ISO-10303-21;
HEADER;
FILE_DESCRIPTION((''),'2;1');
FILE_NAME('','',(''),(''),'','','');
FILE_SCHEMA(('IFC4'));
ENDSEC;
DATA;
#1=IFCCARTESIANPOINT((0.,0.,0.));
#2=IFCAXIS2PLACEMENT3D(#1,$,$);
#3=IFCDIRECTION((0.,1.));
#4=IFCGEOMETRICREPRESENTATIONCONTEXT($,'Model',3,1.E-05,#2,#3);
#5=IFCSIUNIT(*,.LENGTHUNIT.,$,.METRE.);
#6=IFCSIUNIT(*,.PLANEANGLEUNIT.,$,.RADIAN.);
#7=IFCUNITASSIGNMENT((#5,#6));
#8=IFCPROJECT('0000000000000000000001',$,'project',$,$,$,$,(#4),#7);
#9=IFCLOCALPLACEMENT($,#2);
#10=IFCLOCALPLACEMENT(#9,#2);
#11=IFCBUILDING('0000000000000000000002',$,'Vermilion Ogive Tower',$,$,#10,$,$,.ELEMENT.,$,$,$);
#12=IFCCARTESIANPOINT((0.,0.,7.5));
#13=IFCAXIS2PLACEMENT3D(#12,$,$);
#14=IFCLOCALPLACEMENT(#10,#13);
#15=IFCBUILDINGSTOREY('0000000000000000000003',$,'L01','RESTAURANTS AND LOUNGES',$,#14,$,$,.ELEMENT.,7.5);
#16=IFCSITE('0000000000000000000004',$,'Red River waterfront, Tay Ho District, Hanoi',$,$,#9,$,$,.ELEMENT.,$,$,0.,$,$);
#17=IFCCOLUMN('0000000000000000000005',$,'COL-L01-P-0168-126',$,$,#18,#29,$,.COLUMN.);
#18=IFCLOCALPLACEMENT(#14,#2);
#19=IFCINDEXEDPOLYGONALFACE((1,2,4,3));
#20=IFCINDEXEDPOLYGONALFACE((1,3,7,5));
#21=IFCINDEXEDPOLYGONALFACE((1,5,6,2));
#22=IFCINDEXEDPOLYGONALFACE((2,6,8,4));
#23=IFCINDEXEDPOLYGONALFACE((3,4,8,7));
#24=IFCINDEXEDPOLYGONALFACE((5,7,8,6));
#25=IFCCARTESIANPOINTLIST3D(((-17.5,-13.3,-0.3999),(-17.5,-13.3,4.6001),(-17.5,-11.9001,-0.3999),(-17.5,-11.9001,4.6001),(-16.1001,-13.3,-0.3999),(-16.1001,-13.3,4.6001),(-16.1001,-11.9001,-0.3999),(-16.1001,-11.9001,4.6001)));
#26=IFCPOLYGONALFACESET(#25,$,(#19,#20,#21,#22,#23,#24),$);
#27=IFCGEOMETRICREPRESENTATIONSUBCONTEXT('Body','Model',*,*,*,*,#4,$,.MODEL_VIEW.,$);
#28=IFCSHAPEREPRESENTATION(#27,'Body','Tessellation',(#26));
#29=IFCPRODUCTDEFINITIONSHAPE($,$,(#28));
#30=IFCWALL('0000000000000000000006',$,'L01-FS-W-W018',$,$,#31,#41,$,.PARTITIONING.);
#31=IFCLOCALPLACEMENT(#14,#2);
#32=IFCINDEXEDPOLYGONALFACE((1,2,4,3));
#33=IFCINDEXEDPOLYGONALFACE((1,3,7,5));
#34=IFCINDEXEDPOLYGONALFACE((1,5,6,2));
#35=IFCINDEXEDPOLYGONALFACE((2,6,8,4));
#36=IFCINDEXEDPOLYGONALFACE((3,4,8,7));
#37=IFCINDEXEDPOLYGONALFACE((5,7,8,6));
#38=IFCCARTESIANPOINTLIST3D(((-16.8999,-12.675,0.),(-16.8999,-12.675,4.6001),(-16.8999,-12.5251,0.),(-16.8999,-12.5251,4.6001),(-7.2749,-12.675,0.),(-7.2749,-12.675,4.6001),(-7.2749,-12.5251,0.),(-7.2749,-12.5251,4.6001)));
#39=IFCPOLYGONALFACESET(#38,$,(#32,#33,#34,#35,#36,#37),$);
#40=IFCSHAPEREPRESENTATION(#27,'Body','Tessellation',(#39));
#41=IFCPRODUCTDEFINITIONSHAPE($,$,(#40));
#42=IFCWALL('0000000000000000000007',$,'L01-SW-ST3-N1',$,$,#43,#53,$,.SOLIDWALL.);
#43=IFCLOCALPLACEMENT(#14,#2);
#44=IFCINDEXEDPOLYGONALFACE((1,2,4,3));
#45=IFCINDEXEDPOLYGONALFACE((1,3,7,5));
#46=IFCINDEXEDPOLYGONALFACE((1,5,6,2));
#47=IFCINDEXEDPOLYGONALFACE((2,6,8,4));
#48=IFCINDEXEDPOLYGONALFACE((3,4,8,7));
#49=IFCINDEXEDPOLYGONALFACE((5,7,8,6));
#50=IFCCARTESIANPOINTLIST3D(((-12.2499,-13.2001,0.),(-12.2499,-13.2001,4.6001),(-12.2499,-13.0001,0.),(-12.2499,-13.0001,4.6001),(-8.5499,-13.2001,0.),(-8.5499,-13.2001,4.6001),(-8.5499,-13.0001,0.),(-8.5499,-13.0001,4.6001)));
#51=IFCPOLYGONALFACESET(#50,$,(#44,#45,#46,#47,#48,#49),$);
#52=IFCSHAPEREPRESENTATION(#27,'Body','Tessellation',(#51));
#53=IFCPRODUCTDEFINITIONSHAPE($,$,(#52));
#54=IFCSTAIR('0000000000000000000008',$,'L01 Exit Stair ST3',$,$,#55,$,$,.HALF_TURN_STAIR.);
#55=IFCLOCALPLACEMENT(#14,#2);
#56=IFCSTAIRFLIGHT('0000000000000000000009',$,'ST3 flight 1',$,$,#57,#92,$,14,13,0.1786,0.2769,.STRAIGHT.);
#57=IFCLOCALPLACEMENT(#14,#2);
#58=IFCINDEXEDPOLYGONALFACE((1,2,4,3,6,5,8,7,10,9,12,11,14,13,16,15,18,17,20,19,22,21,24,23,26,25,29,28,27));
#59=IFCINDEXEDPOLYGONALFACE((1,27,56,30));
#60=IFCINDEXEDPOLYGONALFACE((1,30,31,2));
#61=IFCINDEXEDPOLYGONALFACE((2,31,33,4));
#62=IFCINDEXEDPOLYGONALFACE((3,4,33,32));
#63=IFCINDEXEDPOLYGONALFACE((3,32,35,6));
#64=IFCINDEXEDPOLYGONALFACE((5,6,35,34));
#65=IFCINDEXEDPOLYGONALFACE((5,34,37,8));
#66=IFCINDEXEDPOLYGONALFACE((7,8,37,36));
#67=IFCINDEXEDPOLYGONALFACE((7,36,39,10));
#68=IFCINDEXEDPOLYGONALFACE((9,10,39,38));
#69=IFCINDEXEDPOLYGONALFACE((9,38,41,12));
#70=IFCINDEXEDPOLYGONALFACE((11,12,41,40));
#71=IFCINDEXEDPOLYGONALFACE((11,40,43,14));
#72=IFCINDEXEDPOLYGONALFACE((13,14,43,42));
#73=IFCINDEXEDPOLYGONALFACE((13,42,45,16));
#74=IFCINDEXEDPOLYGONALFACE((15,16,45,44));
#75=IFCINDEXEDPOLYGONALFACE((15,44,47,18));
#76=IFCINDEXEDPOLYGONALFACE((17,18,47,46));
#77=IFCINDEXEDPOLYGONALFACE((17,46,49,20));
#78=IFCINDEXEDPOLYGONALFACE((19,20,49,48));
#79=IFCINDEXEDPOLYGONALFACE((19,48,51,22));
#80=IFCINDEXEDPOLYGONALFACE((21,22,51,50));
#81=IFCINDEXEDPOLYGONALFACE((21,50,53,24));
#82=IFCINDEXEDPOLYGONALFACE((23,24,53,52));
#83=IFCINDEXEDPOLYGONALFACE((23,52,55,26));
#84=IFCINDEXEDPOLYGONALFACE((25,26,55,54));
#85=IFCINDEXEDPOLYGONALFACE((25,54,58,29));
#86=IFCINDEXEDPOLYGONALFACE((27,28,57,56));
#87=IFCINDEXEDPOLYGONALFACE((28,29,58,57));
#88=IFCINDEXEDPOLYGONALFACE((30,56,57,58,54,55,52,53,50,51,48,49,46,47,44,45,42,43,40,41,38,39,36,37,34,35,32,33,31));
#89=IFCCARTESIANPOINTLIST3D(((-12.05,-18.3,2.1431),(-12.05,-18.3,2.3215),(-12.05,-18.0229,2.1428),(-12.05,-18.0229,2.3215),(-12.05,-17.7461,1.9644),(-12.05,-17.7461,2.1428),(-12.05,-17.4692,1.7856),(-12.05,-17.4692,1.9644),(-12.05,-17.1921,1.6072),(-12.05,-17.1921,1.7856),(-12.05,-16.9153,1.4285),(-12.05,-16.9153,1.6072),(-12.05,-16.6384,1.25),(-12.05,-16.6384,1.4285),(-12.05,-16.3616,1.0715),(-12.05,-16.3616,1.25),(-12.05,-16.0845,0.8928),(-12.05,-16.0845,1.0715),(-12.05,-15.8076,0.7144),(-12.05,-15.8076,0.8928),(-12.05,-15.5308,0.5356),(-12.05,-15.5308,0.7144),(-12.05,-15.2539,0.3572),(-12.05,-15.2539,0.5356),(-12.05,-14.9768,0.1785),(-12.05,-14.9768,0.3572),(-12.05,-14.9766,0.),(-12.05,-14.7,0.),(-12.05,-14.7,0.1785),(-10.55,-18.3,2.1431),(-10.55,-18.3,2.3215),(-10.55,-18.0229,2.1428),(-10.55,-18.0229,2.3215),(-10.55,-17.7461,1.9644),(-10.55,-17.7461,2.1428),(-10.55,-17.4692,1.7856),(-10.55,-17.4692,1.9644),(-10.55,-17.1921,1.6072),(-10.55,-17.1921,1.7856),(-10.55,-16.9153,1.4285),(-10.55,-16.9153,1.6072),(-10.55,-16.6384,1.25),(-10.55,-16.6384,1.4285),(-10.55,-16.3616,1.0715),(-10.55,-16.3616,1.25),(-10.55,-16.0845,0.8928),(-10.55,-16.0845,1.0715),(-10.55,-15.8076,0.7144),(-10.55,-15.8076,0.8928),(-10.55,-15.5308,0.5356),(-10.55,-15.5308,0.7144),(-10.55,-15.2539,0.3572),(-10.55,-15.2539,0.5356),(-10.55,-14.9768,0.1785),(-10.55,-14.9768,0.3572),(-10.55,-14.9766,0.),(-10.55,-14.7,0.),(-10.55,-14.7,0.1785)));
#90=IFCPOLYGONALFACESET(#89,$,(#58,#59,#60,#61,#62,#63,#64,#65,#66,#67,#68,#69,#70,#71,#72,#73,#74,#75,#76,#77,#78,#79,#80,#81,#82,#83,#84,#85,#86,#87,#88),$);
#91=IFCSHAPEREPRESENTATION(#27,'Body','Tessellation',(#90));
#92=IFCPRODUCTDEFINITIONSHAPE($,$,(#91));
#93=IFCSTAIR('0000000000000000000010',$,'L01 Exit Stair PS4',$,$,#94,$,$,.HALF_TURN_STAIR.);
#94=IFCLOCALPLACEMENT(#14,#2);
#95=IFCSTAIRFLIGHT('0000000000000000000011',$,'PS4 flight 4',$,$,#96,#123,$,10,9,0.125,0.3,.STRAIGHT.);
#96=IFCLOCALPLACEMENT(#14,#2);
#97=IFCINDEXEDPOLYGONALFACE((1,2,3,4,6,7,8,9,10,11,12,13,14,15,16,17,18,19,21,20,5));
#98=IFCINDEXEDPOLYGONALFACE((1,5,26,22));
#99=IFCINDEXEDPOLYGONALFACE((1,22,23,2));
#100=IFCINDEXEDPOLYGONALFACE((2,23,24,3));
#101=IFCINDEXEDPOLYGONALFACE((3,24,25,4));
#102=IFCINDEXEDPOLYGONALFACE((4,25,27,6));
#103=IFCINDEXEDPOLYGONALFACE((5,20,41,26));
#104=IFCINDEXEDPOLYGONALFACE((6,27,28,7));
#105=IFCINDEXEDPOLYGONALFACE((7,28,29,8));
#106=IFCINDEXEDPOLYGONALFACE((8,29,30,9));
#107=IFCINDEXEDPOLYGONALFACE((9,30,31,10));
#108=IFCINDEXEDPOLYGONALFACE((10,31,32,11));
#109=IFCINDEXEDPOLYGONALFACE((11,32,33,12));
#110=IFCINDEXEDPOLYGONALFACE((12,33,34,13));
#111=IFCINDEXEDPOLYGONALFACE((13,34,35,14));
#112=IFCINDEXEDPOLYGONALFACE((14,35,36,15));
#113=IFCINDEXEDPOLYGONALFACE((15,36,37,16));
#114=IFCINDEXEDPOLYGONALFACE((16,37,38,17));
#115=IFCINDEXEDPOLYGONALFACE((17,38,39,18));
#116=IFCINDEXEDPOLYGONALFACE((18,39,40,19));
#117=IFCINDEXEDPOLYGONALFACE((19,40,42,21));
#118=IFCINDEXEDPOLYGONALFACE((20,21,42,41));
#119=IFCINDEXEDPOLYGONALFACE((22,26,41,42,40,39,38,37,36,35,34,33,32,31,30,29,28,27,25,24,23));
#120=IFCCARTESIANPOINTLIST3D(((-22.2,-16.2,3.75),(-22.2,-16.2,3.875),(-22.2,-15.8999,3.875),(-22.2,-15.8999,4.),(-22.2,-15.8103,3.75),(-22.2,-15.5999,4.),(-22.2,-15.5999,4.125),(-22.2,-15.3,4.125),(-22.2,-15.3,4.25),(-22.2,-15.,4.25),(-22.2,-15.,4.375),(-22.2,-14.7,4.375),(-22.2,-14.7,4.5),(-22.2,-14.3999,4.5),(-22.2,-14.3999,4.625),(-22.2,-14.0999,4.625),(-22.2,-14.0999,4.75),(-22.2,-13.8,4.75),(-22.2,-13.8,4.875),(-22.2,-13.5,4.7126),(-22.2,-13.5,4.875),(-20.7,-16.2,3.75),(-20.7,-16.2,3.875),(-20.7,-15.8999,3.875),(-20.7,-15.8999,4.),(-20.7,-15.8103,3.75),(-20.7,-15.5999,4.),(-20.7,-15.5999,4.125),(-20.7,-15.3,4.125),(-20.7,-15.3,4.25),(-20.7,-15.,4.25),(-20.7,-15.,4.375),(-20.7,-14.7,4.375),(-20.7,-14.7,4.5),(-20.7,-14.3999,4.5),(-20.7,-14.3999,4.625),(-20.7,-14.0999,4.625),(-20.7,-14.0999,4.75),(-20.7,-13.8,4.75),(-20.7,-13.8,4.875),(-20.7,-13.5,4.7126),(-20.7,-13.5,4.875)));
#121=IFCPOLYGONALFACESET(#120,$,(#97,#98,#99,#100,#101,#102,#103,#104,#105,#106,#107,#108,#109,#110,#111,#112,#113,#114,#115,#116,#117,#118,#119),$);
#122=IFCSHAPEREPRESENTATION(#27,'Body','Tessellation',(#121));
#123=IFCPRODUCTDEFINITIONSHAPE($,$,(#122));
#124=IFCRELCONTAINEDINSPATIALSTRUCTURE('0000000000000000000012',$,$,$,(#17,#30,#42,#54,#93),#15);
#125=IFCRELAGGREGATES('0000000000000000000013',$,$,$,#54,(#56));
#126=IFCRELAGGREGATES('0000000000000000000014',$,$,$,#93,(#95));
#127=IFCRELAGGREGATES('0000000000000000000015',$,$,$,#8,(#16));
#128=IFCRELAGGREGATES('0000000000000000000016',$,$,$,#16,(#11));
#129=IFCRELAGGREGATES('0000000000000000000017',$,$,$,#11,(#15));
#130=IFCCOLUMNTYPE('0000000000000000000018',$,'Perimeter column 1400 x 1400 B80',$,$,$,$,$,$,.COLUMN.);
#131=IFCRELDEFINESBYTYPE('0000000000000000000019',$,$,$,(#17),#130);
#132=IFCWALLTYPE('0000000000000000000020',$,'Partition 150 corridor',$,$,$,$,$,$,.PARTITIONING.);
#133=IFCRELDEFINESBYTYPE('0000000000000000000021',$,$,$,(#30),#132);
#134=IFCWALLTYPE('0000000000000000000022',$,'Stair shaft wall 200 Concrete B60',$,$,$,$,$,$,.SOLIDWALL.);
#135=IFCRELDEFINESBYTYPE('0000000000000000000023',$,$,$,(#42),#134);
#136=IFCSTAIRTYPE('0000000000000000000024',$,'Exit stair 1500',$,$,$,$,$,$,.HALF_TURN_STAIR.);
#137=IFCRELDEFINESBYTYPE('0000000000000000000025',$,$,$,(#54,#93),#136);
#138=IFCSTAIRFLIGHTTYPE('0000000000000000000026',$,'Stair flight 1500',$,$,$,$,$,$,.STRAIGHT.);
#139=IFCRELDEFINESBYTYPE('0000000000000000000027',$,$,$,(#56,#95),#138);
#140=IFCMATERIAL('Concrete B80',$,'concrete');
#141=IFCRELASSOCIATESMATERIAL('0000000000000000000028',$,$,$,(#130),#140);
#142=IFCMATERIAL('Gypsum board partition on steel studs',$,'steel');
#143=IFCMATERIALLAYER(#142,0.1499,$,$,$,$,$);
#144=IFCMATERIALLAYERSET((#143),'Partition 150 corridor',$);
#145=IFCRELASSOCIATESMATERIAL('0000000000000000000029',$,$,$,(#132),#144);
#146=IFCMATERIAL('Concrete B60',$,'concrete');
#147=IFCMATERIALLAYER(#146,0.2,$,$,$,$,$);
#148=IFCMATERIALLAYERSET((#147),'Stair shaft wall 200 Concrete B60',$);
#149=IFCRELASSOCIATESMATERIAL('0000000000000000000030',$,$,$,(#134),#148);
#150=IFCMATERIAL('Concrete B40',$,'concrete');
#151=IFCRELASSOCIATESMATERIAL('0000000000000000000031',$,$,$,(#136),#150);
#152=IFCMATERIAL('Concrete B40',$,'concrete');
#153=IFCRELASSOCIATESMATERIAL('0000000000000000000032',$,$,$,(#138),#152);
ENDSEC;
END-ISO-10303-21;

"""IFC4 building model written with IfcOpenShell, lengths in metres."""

from ifc_helpers import new_model, si_unit, direction, frame, frame_2d, origin, origin_2d, place, context, subcontext, project, spatial, polyline, rectangle, outline, extrude, material, layer, layer_set, material_profile, profile_set, type_object, element, aggregate, save


model = new_model("IFC4")

# Units and contexts
model_context = context("Model", 3, precision=1e-05, world=origin(), true_north=direction((0.0, 1.0)))
body_context = subcontext(model_context, "Body", "Model", "MODEL_VIEW")
ifc_project = project(units=[si_unit("LENGTHUNIT", "METRE"), si_unit("PLANEANGLEUNIT", "RADIAN")], contexts=[model_context])

# Site, building, storey
site_placement = place(None, origin())
site = spatial("IfcSite", under=ifc_project, at=site_placement, Name="Red River waterfront, Tay Ho District, Hanoi", CompositionType="ELEMENT", RefElevation=0.0)
building_placement = place(site_placement, origin())
building = spatial("IfcBuilding", under=site, at=building_placement, Name="Vermilion Ogive Tower", CompositionType="ELEMENT")
storey_placement = place(building_placement, frame((0.0, 0.0, 7.5)))
storey = spatial("IfcBuildingStorey", under=building, at=storey_placement, Name="L01", Description="RESTAURANTS AND LOUNGES", CompositionType="ELEMENT", Elevation=7.5)

# Column
ifc_material_1 = material(Name="Concrete B80", Category="concrete")
ifc_material_profile = material_profile(ifc_material_1, rectangle(XDim=1.3999, YDim=1.3999, at=origin_2d()), Name="1400 x 1400")
ifc_profile_set = profile_set([ifc_material_profile], Name="Concrete B80")
column_type = type_object("IfcColumnType", Name="Perimeter column 1400 x 1400 B80", PredefinedType="COLUMN", material=ifc_profile_set)
column_placement = place(storey_placement, frame((-16.8, -12.6001, -0.3999), z_axis=(0.0, 0.0, 1.0), x_axis=(1.0, 0.0, 0.0)))
element("IfcColumn", 1, at=column_placement, inside=storey, type_object=column_type, Name="COL-L01-P-0168-126", PredefinedType="COLUMN", context=body_context, shape_type="SweptSolid", body=[
    extrude(rectangle(XDim=1.3999, YDim=1.3999, at=origin_2d()), origin(), (0.0, 0.0, 1.0), 5.0),
])

# Walls
ifc_material_2 = material(Name="Gypsum board partition on steel studs", Category="steel")
ifc_layer_1 = layer(ifc_material_2, 0.1499)
ifc_layer_set_1 = layer_set([ifc_layer_1], Name="Partition 150 corridor")
wall_type_1 = type_object("IfcWallType", Name="Partition 150 corridor", PredefinedType="PARTITIONING", material=ifc_layer_set_1)
wall_1_placement = place(storey_placement, frame((-16.8999, -12.6001, 0.0), z_axis=(0.0, 0.0, 1.0), x_axis=(1.0, 0.0, 0.0)))
element("IfcWall", 2, at=wall_1_placement, inside=storey, type_object=wall_type_1, Name="L01-FS-W-W018", PredefinedType="PARTITIONING", context=body_context, shape_type="SweptSolid", body=[
    extrude(rectangle(XDim=9.625, YDim=0.1499, at=frame_2d((4.8125, 0.0))), origin(), (0.0, 0.0, 1.0), 4.6001),
])
ifc_material_3 = material(Name="Concrete B60", Category="concrete")
ifc_layer_2 = layer(ifc_material_3, 0.2)
ifc_layer_set_2 = layer_set([ifc_layer_2], Name="Stair shaft wall 200 Concrete B60")
wall_type_2 = type_object("IfcWallType", Name="Stair shaft wall 200 Concrete B60", PredefinedType="SOLIDWALL", material=ifc_layer_set_2)
wall_2_placement = place(storey_placement, frame((-12.25, -13.1001, 0.0), z_axis=(0.0, 0.0, 1.0), x_axis=(1.0, 0.0, 0.0)))
element("IfcWall", 3, at=wall_2_placement, inside=storey, type_object=wall_type_2, Name="L01-SW-ST3-N1", PredefinedType="SOLIDWALL", context=body_context, shape_type="SweptSolid", body=[
    extrude(rectangle(XDim=3.7, YDim=0.2, at=frame_2d((1.8501, 0.0))), origin(), (0.0, 0.0, 1.0), 4.6001),
])

# Stairs, stair flights
ifc_material_4 = material(Name="Concrete B40", Category="concrete")
stair_type = type_object("IfcStairType", Name="Exit stair 1500", PredefinedType="HALF_TURN_STAIR", material=ifc_material_4)
stair_1_placement = place(storey_placement, origin())
stair_1 = element("IfcStair", 4, at=stair_1_placement, inside=storey, type_object=stair_type, Name="L01 Exit Stair ST3", PredefinedType="HALF_TURN_STAIR")
ifc_material_5 = material(Name="Concrete B40", Category="concrete")
stair_flight_type = type_object("IfcStairFlightType", Name="Stair flight 1500", PredefinedType="STRAIGHT", material=ifc_material_5)
stair_flight_1_placement = place(storey_placement, frame((-11.3, -14.7, 0.0), z_axis=(0.0, 0.0, 1.0), x_axis=(0.0, -1.0, 0.0)))
stair_flight_1 = element("IfcStairFlight", 5, at=stair_flight_1_placement, type_object=stair_flight_type, Name="ST3 flight 1", NumberOfRisers=14, NumberOfTreads=13, PredefinedType="STRAIGHT", RiserHeight=0.1786, TreadLength=0.2769, context=body_context, shape_type="SweptSolid", body=[
    extrude(outline(polyline([(0.0, 0.0), (0.0, 0.1785), (0.2769, 0.1785), (0.2769, 0.3572), (0.554, 0.3572), (0.554, 0.5356), (0.8308, 0.5356), (0.8308, 0.7144), (1.1077, 0.7144), (1.1077, 0.8928), (1.3845, 0.8928), (1.3845, 1.0715), (1.6616, 1.0715), (1.6616, 1.25), (1.9385, 1.25), (1.9385, 1.4285), (2.2153, 1.4285), (2.2153, 1.6072), (2.4922, 1.6072), (2.4922, 1.7856), (2.7693, 1.7856), (2.7693, 1.9644), (3.0461, 1.9644), (3.0461, 2.1428), (3.323, 2.1428), (3.323, 2.3215), (3.6001, 2.3215), (3.6001, 2.5), (3.6001, 2.1431), (0.2766, 0.0), (0.0, 0.0)])), frame((0.0, 0.75, 0.0), z_axis=(0.0, -1.0, 0.0), x_axis=(1.0, 0.0, 0.0)), (0.0, 0.0, 1.0), 1.5),
])
aggregate(stair_1, [stair_flight_1])
stair_2_placement = place(storey_placement, origin())
stair_2 = element("IfcStair", 6, at=stair_2_placement, inside=storey, type_object=stair_type, Name="L01 Exit Stair PS4", PredefinedType="HALF_TURN_STAIR")
stair_flight_2_placement = place(storey_placement, frame((-21.45, -16.2, 3.75), z_axis=(0.0, 0.0, 1.0), x_axis=(0.0, 1.0, 0.0)))
stair_flight_2 = element("IfcStairFlight", 7, at=stair_flight_2_placement, type_object=stair_flight_type, Name="PS4 flight 4", NumberOfRisers=10, NumberOfTreads=9, PredefinedType="STRAIGHT", RiserHeight=0.125, TreadLength=0.3, context=body_context, shape_type="SweptSolid", body=[
    extrude(outline(polyline([(0.0, 0.0), (0.0, 0.125), (0.3, 0.125), (0.3, 0.25), (0.6001, 0.25), (0.6001, 0.375), (0.8999, 0.375), (0.8999, 0.5), (1.2, 0.5), (1.2, 0.625), (1.5, 0.625), (1.5, 0.75), (1.8, 0.75), (1.8, 0.875), (2.1001, 0.875), (2.1001, 1.0), (2.3999, 1.0), (2.3999, 1.125), (2.7, 1.125), (2.7, 1.25), (2.7, 0.9626), (0.3896, 0.0), (0.0, 0.0)])), frame((0.0, 0.75, 0.0), z_axis=(0.0, -1.0, 0.0), x_axis=(1.0, 0.0, 0.0)), (0.0, 0.0, 1.0), 1.5),
])
aggregate(stair_2, [stair_flight_2])

save(model, "model.ifc")
